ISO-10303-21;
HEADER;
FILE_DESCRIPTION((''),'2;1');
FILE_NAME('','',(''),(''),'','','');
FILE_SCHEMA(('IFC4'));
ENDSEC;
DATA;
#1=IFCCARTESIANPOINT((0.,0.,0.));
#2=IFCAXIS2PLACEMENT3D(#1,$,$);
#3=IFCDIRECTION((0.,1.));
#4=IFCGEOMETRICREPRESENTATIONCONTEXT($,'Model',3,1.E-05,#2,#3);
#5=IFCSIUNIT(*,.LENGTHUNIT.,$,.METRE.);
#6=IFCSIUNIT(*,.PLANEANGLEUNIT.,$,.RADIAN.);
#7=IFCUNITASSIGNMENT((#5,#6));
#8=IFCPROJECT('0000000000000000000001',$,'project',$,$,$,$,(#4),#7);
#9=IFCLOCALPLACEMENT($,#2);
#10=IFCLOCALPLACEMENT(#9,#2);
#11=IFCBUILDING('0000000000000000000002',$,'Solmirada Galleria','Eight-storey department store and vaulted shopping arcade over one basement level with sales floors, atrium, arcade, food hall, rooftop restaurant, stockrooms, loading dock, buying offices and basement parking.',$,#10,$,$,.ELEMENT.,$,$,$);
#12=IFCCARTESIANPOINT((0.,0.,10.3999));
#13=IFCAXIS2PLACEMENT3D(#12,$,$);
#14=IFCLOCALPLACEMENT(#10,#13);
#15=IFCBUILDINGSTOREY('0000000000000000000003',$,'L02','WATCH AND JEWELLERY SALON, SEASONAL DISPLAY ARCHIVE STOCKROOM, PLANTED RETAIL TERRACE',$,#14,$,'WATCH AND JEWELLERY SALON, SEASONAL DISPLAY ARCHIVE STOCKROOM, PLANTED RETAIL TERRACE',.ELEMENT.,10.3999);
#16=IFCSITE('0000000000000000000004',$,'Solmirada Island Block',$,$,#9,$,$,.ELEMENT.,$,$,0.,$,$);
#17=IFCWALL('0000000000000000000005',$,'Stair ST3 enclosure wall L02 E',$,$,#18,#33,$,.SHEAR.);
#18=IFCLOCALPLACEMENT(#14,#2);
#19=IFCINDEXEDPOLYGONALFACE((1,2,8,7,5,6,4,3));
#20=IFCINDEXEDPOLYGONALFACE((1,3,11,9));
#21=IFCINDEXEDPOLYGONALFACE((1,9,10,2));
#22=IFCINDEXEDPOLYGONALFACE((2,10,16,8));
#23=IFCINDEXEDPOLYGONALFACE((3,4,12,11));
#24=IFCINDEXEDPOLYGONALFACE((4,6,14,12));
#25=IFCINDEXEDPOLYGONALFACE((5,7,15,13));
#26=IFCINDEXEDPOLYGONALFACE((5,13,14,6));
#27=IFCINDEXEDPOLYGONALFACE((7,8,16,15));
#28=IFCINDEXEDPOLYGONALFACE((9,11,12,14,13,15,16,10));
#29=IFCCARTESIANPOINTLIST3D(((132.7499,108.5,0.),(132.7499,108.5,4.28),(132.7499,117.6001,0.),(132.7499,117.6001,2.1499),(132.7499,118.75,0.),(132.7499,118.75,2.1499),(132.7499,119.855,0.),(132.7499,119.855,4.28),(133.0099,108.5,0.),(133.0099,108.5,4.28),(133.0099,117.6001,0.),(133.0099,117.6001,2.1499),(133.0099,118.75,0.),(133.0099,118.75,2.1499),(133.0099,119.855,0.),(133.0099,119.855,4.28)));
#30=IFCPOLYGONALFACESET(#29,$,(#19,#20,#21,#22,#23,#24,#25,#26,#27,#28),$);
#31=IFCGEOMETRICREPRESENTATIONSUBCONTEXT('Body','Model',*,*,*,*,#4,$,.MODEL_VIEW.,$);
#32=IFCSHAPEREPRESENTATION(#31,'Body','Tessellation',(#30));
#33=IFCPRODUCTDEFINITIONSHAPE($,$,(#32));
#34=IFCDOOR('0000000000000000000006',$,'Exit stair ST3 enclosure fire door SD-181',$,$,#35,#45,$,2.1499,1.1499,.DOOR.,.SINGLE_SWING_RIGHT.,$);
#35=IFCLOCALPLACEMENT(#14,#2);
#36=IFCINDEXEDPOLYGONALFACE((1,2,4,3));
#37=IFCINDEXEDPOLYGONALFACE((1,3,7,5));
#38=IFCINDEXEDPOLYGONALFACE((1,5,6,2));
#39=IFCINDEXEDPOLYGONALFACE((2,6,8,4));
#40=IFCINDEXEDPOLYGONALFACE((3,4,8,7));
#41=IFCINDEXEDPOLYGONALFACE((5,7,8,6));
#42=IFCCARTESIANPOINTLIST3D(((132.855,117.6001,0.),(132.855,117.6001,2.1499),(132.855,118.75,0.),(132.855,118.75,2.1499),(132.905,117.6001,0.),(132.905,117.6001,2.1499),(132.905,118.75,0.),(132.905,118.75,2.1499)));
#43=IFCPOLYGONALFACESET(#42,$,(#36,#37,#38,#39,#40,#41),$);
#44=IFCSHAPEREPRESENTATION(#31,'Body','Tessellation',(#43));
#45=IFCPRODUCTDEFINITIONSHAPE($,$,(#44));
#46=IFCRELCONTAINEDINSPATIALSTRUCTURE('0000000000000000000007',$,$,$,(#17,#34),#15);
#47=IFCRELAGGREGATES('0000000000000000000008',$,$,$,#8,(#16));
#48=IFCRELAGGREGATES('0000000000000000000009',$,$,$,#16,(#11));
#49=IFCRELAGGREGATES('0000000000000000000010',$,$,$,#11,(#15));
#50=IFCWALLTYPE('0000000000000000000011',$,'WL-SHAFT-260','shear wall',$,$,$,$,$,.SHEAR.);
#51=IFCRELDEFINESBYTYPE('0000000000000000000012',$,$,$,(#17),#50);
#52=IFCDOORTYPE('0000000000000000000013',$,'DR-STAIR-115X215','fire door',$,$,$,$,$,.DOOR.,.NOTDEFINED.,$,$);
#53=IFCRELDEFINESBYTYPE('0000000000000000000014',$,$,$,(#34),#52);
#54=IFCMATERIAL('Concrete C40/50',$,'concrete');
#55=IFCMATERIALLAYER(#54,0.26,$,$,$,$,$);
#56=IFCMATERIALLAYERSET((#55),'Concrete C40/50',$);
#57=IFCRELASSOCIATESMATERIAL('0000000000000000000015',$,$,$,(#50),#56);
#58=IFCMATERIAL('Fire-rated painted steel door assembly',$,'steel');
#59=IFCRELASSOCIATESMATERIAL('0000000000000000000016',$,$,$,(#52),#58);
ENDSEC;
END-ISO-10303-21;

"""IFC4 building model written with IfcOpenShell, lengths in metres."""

from ifc_helpers import new_model, si_unit, direction, frame, frame_2d, origin, place, context, subcontext, project, spatial, rectangle, extrude, material, layer, layer_set, type_object, element, fill, save


model = new_model("IFC4")

# Units and contexts
model_context = context("Model", 3, precision=1e-05, world=origin(), true_north=direction((0.0, 1.0)))
body_context = subcontext(model_context, "Body", "Model", "MODEL_VIEW")
ifc_project = project(units=[si_unit("LENGTHUNIT", "METRE"), si_unit("PLANEANGLEUNIT", "RADIAN")], contexts=[model_context])

# Site, building, storey
site_placement = place(None, origin())
site = spatial("IfcSite", under=ifc_project, at=site_placement, Name="Solmirada Island Block", CompositionType="ELEMENT", RefElevation=0.0)
building_placement = place(site_placement, origin())
building = spatial("IfcBuilding", under=site, at=building_placement, Name="Solmirada Galleria", Description="Eight-storey department store and vaulted shopping arcade over one basement level with sales floors, atrium, arcade, food hall, rooftop restaurant, stockrooms, loading dock, buying offices and basement parking.", CompositionType="ELEMENT")
storey_placement = place(building_placement, frame((0.0, 0.0, 10.3999)))
storey = spatial("IfcBuildingStorey", under=building, at=storey_placement, Name="L02", Description="WATCH AND JEWELLERY SALON, SEASONAL DISPLAY ARCHIVE STOCKROOM, PLANTED RETAIL TERRACE", LongName="WATCH AND JEWELLERY SALON, SEASONAL DISPLAY ARCHIVE STOCKROOM, PLANTED RETAIL TERRACE", CompositionType="ELEMENT", Elevation=10.3999)

# Shared definitions
ifc_material_1 = material(Name="Concrete C40/50", Category="concrete")

# Shared definitions
ifc_material_2 = material(Name="Fire-rated painted steel door assembly", Category="steel")

# Shared definitions
ifc_layer_1 = layer(ifc_material_1, 0.26)
ifc_layer_set_1 = layer_set([ifc_layer_1], Name="Concrete C40/50")
wall_type_1 = type_object("IfcWallType", Name="WL-SHAFT-260", Description="shear wall", PredefinedType="SHEAR", material=ifc_layer_set_1)

# Wall, opening, door
wall_1_placement = place(storey_placement, frame((132.8799, 108.5, 0.0), z_axis=(0.0, 0.0, 1.0), x_axis=(0.0, 1.0, 0.0)))
wall_1 = element("IfcWall", 1, at=wall_1_placement, inside=storey, type_object=wall_type_1, Name="Stair ST3 enclosure wall L02 E", PredefinedType="SHEAR", context=body_context, shape_type="SweptSolid", body=[
    extrude(rectangle(XDim=11.355, YDim=0.26, at=frame_2d((5.6775, 0.0))), origin(), (0.0, 0.0, 1.0), 4.28),
])
opening_1_placement = place(wall_1_placement, frame((9.1001, 0.0, 0.0)))
opening_1 = element("IfcOpeningElement", 2, at=opening_1_placement, cuts=wall_1, PredefinedType="OPENING", context=body_context, shape_type="SweptSolid", body=[
    extrude(rectangle(XDim=1.1499, YDim=2.1499, at=frame_2d((0.575, 1.075))), frame((0.0, 0.1399, 0.0), z_axis=(0.0, -1.0, 0.0), x_axis=(1.0, 0.0, 0.0)), (0.0, 0.0, 1.0), 0.28),
])
door_type_1 = type_object("IfcDoorType", Name="DR-STAIR-115X215", Description="fire door", OperationType="NOTDEFINED", PredefinedType="DOOR", material=ifc_material_2)
door_1_placement = place(opening_1_placement, origin())
door_1 = element("IfcDoor", 3, at=door_1_placement, inside=storey, type_object=door_type_1, Name="Exit stair ST3 enclosure fire door SD-181", OperationType="SINGLE_SWING_RIGHT", OverallHeight=2.1499, OverallWidth=1.1499, PredefinedType="DOOR", context=body_context, shape_type="SweptSolid", body=[
    extrude(rectangle(XDim=1.1499, YDim=2.1499, at=frame_2d((0.575, 1.075))), frame((0.0, 0.0249, 0.0), z_axis=(0.0, -1.0, 0.0), x_axis=(1.0, 0.0, 0.0)), (0.0, 0.0, 1.0), 0.05),
])
fill(opening_1, door_1)

save(model, "model.ifc")
